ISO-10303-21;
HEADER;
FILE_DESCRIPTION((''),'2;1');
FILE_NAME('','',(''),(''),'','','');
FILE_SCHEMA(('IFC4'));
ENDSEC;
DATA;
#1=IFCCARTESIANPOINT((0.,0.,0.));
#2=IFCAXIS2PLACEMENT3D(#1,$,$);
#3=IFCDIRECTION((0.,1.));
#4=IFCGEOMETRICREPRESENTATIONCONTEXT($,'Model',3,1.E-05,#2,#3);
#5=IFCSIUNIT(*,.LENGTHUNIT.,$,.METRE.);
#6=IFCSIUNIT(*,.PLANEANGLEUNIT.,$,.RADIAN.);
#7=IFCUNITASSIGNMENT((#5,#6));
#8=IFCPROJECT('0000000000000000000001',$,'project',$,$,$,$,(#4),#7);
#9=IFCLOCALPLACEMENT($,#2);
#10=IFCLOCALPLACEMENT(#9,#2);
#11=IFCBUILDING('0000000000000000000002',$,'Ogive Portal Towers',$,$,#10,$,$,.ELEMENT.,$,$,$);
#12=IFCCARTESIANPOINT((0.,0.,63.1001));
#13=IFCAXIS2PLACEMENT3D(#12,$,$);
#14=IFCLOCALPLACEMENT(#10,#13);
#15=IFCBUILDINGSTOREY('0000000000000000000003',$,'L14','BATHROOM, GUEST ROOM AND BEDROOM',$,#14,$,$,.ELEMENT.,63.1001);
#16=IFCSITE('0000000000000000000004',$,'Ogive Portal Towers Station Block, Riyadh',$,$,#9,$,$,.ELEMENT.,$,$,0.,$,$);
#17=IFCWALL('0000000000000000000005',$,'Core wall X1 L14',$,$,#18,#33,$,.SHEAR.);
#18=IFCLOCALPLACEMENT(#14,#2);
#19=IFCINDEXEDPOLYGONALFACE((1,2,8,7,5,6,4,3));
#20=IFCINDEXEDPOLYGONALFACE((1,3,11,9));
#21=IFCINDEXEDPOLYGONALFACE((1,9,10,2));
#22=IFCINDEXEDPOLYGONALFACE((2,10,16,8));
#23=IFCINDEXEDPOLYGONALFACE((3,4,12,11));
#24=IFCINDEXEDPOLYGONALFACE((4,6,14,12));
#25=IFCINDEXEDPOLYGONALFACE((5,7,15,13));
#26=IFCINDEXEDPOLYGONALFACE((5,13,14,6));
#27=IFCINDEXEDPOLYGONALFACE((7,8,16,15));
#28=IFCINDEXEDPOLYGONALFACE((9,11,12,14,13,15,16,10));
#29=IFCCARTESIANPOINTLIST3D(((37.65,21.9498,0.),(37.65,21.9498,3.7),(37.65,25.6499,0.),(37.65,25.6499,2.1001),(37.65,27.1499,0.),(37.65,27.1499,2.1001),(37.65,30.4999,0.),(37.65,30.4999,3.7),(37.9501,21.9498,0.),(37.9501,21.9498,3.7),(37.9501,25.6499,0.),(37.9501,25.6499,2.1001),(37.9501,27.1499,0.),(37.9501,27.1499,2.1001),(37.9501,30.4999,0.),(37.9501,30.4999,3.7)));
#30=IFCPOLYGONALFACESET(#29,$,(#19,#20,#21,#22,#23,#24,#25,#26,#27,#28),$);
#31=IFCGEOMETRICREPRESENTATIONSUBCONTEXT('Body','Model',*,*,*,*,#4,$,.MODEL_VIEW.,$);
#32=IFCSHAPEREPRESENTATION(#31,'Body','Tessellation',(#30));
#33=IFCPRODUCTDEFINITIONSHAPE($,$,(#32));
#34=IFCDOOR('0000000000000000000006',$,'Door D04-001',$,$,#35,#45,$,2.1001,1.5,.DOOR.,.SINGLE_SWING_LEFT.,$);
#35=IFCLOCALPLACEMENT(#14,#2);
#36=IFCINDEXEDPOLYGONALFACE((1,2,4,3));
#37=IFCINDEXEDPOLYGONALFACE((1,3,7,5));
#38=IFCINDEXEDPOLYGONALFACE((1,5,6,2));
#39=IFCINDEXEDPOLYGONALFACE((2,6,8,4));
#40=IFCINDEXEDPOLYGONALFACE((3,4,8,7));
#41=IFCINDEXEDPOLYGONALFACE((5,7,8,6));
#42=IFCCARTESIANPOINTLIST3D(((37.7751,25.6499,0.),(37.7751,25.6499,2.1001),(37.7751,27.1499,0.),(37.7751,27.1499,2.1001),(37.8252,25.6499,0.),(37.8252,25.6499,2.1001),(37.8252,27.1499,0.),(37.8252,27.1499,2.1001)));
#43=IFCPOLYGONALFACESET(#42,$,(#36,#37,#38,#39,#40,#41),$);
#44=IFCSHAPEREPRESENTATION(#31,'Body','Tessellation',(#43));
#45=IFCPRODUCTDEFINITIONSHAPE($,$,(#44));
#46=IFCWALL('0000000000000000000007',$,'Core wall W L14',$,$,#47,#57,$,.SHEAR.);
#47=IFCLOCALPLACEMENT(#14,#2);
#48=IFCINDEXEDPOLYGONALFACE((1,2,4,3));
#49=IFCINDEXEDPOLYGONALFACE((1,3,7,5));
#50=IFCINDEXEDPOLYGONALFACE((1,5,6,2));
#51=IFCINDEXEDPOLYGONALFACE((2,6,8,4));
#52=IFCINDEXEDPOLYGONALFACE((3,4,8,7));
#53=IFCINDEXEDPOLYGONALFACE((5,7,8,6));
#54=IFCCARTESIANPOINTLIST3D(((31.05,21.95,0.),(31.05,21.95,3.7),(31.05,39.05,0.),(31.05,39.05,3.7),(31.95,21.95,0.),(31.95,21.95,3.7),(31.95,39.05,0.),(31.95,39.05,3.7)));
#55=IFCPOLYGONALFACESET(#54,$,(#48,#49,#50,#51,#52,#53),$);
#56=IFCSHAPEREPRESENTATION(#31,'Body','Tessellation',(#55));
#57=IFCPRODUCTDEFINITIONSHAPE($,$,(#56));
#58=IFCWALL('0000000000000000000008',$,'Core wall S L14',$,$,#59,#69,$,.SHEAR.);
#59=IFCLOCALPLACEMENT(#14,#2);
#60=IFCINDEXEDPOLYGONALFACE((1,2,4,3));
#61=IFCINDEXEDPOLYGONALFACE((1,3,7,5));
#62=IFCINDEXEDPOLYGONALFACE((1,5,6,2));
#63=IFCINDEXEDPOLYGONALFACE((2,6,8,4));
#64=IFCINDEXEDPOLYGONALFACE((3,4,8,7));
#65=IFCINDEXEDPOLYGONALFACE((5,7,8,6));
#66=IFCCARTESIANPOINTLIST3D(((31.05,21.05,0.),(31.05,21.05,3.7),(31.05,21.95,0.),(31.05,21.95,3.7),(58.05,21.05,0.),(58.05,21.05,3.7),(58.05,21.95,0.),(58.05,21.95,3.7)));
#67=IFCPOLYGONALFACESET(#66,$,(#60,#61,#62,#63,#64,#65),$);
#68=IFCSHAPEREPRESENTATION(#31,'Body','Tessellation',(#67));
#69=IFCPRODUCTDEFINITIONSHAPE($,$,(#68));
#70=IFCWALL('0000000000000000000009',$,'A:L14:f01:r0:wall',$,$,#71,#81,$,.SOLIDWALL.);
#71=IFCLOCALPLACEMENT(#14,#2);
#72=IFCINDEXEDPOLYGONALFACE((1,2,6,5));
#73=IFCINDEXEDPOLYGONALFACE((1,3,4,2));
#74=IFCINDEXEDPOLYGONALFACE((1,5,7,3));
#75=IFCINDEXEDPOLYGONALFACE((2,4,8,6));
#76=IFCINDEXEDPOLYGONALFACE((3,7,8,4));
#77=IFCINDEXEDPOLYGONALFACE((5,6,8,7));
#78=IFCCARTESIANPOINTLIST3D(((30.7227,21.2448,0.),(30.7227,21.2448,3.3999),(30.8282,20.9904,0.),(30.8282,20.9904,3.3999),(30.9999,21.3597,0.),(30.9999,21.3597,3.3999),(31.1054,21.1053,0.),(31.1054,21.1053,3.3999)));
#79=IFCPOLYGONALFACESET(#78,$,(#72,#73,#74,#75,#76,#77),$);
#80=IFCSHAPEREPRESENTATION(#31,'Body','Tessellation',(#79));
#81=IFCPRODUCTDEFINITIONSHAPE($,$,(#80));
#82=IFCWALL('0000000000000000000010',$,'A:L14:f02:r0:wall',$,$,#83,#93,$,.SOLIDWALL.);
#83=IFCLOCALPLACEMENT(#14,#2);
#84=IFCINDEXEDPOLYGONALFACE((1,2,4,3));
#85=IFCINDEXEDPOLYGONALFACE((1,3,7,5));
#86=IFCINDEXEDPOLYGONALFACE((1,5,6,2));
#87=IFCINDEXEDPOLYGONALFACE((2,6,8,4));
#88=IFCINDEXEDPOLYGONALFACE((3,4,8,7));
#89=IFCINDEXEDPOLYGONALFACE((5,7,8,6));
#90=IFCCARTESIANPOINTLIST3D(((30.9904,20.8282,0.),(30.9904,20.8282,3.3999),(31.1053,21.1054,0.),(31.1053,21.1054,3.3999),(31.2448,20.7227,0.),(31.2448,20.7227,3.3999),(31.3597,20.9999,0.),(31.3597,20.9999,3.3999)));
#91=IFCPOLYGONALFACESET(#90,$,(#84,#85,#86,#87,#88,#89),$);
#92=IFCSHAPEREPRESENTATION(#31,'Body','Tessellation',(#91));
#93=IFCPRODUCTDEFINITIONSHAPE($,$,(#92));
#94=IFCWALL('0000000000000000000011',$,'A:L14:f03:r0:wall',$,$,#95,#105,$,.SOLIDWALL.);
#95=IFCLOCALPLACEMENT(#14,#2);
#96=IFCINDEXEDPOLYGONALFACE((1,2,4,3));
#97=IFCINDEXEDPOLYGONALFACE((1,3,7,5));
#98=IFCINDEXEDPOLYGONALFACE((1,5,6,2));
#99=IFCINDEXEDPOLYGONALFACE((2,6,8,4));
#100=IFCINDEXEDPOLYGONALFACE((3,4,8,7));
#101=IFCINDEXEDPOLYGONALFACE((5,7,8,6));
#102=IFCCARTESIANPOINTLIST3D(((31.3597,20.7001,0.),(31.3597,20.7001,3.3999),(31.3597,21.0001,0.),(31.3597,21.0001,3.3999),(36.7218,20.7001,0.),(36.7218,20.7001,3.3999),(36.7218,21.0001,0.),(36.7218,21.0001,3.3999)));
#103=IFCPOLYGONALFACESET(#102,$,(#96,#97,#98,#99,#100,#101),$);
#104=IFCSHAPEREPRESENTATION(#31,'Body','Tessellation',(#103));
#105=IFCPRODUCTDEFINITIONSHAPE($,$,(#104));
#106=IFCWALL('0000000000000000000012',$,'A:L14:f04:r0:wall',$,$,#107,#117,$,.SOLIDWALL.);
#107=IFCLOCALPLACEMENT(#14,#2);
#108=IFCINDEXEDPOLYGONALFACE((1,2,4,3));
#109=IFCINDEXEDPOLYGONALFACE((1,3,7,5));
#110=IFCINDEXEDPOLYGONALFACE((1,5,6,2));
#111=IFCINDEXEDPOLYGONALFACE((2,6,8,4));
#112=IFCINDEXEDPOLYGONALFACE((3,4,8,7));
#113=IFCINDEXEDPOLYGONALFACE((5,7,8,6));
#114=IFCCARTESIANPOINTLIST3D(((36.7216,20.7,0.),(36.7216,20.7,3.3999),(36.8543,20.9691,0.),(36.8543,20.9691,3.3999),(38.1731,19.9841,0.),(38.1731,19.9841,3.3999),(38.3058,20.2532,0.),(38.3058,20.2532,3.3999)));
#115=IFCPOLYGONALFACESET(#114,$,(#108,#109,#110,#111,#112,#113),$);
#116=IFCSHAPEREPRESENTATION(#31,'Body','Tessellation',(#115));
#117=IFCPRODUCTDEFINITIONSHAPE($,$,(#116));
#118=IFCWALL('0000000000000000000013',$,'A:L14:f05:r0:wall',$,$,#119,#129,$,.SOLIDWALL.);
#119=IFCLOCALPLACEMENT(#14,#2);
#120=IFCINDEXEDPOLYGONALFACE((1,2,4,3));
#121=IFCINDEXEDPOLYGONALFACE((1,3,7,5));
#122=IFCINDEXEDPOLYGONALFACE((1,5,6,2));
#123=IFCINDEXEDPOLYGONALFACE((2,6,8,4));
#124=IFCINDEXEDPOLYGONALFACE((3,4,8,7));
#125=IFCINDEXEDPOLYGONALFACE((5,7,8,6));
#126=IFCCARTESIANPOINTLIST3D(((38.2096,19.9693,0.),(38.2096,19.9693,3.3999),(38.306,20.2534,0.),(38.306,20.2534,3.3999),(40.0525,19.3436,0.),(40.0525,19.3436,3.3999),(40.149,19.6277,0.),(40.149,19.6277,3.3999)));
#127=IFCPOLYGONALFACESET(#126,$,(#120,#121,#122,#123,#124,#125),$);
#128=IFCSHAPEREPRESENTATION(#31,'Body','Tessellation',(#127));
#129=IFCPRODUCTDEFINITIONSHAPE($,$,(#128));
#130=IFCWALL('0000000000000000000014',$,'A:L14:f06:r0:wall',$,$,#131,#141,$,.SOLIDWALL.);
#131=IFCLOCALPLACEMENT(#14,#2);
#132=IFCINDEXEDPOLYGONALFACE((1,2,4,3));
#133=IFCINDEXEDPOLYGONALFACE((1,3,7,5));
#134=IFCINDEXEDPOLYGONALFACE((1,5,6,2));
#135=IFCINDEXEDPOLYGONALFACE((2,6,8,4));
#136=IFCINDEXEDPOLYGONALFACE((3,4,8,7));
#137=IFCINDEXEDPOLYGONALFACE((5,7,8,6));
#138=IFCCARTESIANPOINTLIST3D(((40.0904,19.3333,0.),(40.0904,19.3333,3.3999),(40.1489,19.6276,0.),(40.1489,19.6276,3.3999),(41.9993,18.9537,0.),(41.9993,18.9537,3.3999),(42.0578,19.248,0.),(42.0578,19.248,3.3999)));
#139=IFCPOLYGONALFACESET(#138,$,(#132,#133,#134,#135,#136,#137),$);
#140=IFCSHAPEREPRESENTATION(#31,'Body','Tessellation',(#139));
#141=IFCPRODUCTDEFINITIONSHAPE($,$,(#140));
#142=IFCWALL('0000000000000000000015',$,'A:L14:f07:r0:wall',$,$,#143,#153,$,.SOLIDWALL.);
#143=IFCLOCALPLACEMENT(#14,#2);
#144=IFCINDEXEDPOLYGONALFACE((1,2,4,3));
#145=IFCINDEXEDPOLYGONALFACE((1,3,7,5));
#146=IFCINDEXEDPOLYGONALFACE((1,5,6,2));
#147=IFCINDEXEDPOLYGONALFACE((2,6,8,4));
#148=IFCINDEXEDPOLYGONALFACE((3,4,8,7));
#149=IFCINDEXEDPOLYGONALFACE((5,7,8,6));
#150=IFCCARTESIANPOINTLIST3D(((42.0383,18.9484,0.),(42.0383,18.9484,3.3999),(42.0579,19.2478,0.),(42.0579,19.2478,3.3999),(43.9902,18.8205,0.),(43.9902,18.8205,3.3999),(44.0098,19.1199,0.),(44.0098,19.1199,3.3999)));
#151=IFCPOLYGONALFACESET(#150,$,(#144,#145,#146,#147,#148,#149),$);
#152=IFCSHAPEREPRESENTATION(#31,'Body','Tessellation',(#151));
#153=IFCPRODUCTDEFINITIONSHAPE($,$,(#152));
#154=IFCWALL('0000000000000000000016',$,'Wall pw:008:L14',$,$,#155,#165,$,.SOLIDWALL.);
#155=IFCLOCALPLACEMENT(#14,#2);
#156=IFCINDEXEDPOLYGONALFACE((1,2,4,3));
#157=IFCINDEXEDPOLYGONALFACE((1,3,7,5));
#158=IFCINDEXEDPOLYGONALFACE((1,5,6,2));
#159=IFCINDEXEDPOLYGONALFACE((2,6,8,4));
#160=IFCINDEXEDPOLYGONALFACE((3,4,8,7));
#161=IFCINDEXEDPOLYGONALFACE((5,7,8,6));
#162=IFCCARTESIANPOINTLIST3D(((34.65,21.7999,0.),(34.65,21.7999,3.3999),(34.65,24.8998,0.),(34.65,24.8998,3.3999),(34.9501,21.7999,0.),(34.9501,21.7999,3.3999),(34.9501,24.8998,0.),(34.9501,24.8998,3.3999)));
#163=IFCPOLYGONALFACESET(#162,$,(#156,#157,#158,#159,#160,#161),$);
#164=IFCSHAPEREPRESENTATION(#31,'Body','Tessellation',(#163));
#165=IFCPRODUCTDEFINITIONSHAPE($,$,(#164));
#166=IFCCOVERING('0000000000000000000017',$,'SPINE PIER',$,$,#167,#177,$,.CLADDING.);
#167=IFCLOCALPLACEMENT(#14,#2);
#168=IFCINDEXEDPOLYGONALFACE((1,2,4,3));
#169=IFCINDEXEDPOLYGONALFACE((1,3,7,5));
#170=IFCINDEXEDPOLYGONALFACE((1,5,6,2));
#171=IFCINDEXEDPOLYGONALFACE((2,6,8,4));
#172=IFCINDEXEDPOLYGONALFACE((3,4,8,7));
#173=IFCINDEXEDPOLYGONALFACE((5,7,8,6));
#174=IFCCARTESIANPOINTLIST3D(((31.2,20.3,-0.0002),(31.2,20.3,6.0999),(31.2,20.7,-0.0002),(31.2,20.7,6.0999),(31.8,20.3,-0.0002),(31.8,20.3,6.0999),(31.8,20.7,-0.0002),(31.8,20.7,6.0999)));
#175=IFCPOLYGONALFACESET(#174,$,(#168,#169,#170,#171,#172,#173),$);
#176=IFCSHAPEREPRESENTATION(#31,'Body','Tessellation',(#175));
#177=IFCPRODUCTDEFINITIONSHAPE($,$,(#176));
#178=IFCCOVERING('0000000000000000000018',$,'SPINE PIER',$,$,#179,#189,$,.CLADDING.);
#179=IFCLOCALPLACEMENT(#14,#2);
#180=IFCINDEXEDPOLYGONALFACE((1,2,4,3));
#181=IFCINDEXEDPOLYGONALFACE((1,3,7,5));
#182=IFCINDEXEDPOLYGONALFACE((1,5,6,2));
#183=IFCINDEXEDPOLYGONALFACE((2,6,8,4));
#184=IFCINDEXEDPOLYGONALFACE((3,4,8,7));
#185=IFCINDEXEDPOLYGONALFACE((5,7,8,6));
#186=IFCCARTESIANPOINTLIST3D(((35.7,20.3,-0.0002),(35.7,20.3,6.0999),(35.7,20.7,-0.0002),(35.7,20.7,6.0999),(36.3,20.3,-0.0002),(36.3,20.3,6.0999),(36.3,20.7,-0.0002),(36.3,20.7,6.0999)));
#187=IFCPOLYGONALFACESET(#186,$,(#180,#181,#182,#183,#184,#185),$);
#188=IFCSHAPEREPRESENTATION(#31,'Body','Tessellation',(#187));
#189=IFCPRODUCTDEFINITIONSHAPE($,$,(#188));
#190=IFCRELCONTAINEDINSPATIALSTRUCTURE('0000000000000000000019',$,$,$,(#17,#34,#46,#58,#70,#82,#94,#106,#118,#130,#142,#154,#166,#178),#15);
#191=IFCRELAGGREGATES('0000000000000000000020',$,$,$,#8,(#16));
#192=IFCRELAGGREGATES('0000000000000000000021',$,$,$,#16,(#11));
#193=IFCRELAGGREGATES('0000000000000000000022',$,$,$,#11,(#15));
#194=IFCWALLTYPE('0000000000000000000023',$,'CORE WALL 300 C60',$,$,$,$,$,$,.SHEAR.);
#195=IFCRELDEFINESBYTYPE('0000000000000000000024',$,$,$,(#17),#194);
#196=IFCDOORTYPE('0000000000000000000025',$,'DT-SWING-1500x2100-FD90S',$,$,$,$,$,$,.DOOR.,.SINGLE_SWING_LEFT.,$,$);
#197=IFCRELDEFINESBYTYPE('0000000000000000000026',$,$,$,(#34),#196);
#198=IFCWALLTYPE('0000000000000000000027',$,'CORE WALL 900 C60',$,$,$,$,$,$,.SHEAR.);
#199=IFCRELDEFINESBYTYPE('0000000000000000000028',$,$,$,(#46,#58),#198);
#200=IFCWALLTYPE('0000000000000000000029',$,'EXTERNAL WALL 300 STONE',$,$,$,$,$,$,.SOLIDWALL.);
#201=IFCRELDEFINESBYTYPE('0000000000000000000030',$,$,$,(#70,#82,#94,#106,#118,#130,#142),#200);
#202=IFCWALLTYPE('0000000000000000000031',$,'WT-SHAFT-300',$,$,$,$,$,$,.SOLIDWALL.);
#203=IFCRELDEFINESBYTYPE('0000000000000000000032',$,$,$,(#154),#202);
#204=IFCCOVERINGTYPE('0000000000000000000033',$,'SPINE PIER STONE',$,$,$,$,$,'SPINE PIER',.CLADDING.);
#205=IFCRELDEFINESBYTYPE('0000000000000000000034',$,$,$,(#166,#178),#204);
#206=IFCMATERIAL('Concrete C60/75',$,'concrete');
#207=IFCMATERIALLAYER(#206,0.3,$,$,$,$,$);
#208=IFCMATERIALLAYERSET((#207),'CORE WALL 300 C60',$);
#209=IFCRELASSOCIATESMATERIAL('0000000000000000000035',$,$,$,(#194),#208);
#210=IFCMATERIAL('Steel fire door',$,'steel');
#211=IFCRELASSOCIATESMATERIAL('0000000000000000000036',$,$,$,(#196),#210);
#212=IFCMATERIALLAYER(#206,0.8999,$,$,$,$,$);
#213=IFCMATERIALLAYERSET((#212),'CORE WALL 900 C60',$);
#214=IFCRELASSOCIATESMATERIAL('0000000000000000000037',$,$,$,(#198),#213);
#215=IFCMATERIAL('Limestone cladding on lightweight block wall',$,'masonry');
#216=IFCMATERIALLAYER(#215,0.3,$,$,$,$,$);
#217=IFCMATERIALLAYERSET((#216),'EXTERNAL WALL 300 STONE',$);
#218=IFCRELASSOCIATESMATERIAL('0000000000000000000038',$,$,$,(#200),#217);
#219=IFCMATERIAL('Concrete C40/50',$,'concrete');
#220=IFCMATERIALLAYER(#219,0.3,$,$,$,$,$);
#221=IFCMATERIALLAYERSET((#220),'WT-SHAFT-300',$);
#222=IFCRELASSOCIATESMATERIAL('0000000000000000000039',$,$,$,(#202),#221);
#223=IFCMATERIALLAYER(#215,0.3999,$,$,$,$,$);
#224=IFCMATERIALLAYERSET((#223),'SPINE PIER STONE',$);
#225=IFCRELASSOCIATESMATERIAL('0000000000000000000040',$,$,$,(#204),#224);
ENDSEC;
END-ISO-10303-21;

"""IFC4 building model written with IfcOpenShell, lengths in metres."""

from ifc_helpers import new_model, si_unit, direction, frame, frame_2d, origin, origin_2d, place, context, subcontext, project, spatial, rectangle, extrude, material, layer, layer_set, type_object, element, fill, save


model = new_model("IFC4")

# Units and contexts
model_context = context("Model", 3, precision=1e-05, world=origin(), true_north=direction((0.0, 1.0)))
body_context = subcontext(model_context, "Body", "Model", "MODEL_VIEW")
ifc_project = project(units=[si_unit("LENGTHUNIT", "METRE"), si_unit("PLANEANGLEUNIT", "RADIAN")], contexts=[model_context])

# Site, building, storey
site_placement = place(None, origin())
site = spatial("IfcSite", under=ifc_project, at=site_placement, Name="Ogive Portal Towers Station Block, Riyadh", CompositionType="ELEMENT", RefElevation=0.0)
building_placement = place(site_placement, origin())
building = spatial("IfcBuilding", under=site, at=building_placement, Name="Ogive Portal Towers", CompositionType="ELEMENT")
storey_placement = place(building_placement, frame((0.0, 0.0, 63.1001)))
storey = spatial("IfcBuildingStorey", under=building, at=storey_placement, Name="L14", Description="BATHROOM, GUEST ROOM AND BEDROOM", CompositionType="ELEMENT", Elevation=63.1001)

# Wall, opening, door
ifc_material_1 = material(Name="Concrete C60/75", Category="concrete")
ifc_layer_1 = layer(ifc_material_1, 0.3)
ifc_layer_set_1 = layer_set([ifc_layer_1], Name="CORE WALL 300 C60")
wall_type_1 = type_object("IfcWallType", Name="CORE WALL 300 C60", PredefinedType="SHEAR", material=ifc_layer_set_1)
wall_1_placement = place(storey_placement, frame((37.8, 21.95, 0.0), z_axis=(0.0, 0.0, 1.0), x_axis=(0.0, 1.0, 0.0)))
wall_1 = element("IfcWall", 1, at=wall_1_placement, inside=storey, type_object=wall_type_1, Name="Core wall X1 L14", PredefinedType="SHEAR", context=body_context, shape_type="SweptSolid", body=[
    extrude(rectangle(XDim=8.55, YDim=0.3, at=frame_2d((4.2749, 0.0))), origin(), (0.0, 0.0, 1.0), 3.7),
])
opening_placement = place(wall_1_placement, frame((3.7, 0.0, 0.0)))
opening = element("IfcOpeningElement", 2, at=opening_placement, cuts=wall_1, PredefinedType="OPENING", context=body_context, shape_type="SweptSolid", body=[
    extrude(rectangle(XDim=1.5, YDim=2.1001, at=frame_2d((0.75, 1.05))), frame((0.0, 0.1602, 0.0), z_axis=(0.0, -1.0, 0.0), x_axis=(1.0, 0.0, 0.0)), (0.0, 0.0, 1.0), 0.3201),
])
ifc_material_2 = material(Name="Steel fire door", Category="steel")
door_type = type_object("IfcDoorType", Name="DT-SWING-1500x2100-FD90S", OperationType="SINGLE_SWING_LEFT", PredefinedType="DOOR", material=ifc_material_2)
door_placement = place(opening_placement, origin())
door = element("IfcDoor", 3, at=door_placement, inside=storey, type_object=door_type, Name="Door D04-001", OperationType="SINGLE_SWING_LEFT", OverallHeight=2.1001, OverallWidth=1.5, PredefinedType="DOOR", context=body_context, shape_type="SweptSolid", body=[
    extrude(rectangle(XDim=1.5, YDim=2.1001, at=frame_2d((0.75, 1.05))), frame((0.0, 0.0249, 0.0), z_axis=(0.0, -1.0, 0.0), x_axis=(1.0, 0.0, 0.0)), (0.0, 0.0, 1.0), 0.05),
])
fill(opening, door)

# Walls
ifc_layer_2 = layer(ifc_material_1, 0.8999)
ifc_layer_set_2 = layer_set([ifc_layer_2], Name="CORE WALL 900 C60")
wall_type_2 = type_object("IfcWallType", Name="CORE WALL 900 C60", PredefinedType="SHEAR", material=ifc_layer_set_2)
wall_2_placement = place(storey_placement, frame((31.5, 21.95, 0.0), z_axis=(0.0, 0.0, 1.0), x_axis=(0.0, 1.0, 0.0)))
element("IfcWall", 4, at=wall_2_placement, inside=storey, type_object=wall_type_2, Name="Core wall W L14", PredefinedType="SHEAR", context=body_context, shape_type="SweptSolid", body=[
    extrude(rectangle(XDim=17.1001, YDim=0.8999, at=frame_2d((8.55, 0.0))), origin(), (0.0, 0.0, 1.0), 3.7),
])
wall_3_placement = place(storey_placement, frame((31.05, 21.5, 0.0), z_axis=(0.0, 0.0, 1.0), x_axis=(1.0, 0.0, 0.0)))
element("IfcWall", 5, at=wall_3_placement, inside=storey, type_object=wall_type_2, Name="Core wall S L14", PredefinedType="SHEAR", context=body_context, shape_type="SweptSolid", body=[
    extrude(rectangle(XDim=27.0, YDim=0.8999, at=frame_2d((13.5, 0.0))), origin(), (0.0, 0.0, 1.0), 3.7),
])
ifc_material_3 = material(Name="Limestone cladding on lightweight block wall", Category="masonry")
ifc_layer_3 = layer(ifc_material_3, 0.3)
ifc_layer_set_3 = layer_set([ifc_layer_3], Name="EXTERNAL WALL 300 STONE")
wall_type_3 = type_object("IfcWallType", Name="EXTERNAL WALL 300 STONE", PredefinedType="SOLIDWALL", material=ifc_layer_set_3)
for number, where, z_axis, x_axis, name in (
    (6, (30.8613, 21.3022, 0.0), (0.0, 0.0, 1.0), (0.382978, -0.923757, 0.0), "A:L14:f01:r0:wall"),
    (7, (31.0479, 20.9668, 0.0), (0.0, 0.0, 1.0), (0.923757, -0.382978, 0.0), "A:L14:f02:r0:wall"),
):
    element("IfcWall", number, at=place(storey_placement, frame(where, z_axis=z_axis, x_axis=x_axis)), inside=storey, type_object=wall_type_3, Name=name, PredefinedType="SOLIDWALL", context=body_context, shape_type="SweptSolid", body=[
        extrude(rectangle(XDim=0.2754, YDim=0.3, at=frame_2d((0.1377, 0.0))), origin(), (0.0, 0.0, 1.0), 3.3999),
    ])
wall_4_placement = place(storey_placement, frame((31.3596, 20.8501, 0.0), z_axis=(0.0, 0.0, 1.0), x_axis=(1.0, 0.0, 0.0)))
element("IfcWall", 8, at=wall_4_placement, inside=storey, type_object=wall_type_3, Name="A:L14:f03:r0:wall", PredefinedType="SOLIDWALL", context=body_context, shape_type="SweptSolid", body=[
    extrude(rectangle(XDim=5.3621, YDim=0.3, at=frame_2d((2.6812, 0.0))), origin(), (0.0, 0.0, 1.0), 3.3999),
])
wall_5_placement = place(storey_placement, frame((36.7881, 20.8345, 0.0), z_axis=(0.0, 0.0, 1.0), x_axis=(0.896858, -0.442319, 0.0)))
element("IfcWall", 9, at=wall_5_placement, inside=storey, type_object=wall_type_3, Name="A:L14:f04:r0:wall", PredefinedType="SOLIDWALL", context=body_context, shape_type="SweptSolid", body=[
    extrude(rectangle(XDim=1.6184, YDim=0.3, at=frame_2d((0.8091, 0.0))), origin(), (0.0, 0.0, 1.0), 3.3999),
])
for number, where, z_axis, x_axis, name in (
    (10, (38.2578, 20.1113, 0.0), (0.0, 0.0, 1.0), (0.946913, -0.321491, 0.0), "A:L14:f05:r0:wall"),
    (11, (40.1196, 19.4805, 0.0), (0.0, 0.0, 1.0), (0.980792, -0.195055, 0.0), "A:L14:f06:r0:wall"),
):
    element("IfcWall", number, at=place(storey_placement, frame(where, z_axis=z_axis, x_axis=x_axis)), inside=storey, type_object=wall_type_3, Name=name, PredefinedType="SOLIDWALL", context=body_context, shape_type="SweptSolid", body=[
        extrude(rectangle(XDim=1.9463, YDim=0.3, at=frame_2d((0.9731, 0.0))), origin(), (0.0, 0.0, 1.0), 3.3999),
    ])
wall_6_placement = place(storey_placement, frame((42.0481, 19.0981, 0.0), z_axis=(0.0, 0.0, 1.0), x_axis=(0.997859, -0.065401, 0.0)))
element("IfcWall", 12, at=wall_6_placement, inside=storey, type_object=wall_type_3, Name="A:L14:f07:r0:wall", PredefinedType="SOLIDWALL", context=body_context, shape_type="SweptSolid", body=[
    extrude(rectangle(XDim=1.9561, YDim=0.3, at=frame_2d((0.978, 0.0))), origin(), (0.0, 0.0, 1.0), 3.3999),
])
ifc_material_4 = material(Name="Concrete C40/50", Category="concrete")
ifc_layer_4 = layer(ifc_material_4, 0.3)
ifc_layer_set_4 = layer_set([ifc_layer_4], Name="WT-SHAFT-300")
wall_type_4 = type_object("IfcWallType", Name="WT-SHAFT-300", PredefinedType="SOLIDWALL", material=ifc_layer_set_4)
wall_7_placement = place(storey_placement, frame((34.8, 21.8, 0.0), z_axis=(0.0, 0.0, 1.0), x_axis=(0.0, 1.0, 0.0)))
element("IfcWall", 13, at=wall_7_placement, inside=storey, type_object=wall_type_4, Name="Wall pw:008:L14", PredefinedType="SOLIDWALL", context=body_context, shape_type="SweptSolid", body=[
    extrude(rectangle(XDim=3.0999, YDim=0.3, at=frame_2d((1.5498, 0.0))), origin(), (0.0, 0.0, 1.0), 3.3999),
])

# Coverings
ifc_layer_5 = layer(ifc_material_3, 0.3999)
ifc_layer_set_5 = layer_set([ifc_layer_5], Name="SPINE PIER STONE")
covering_type = type_object("IfcCoveringType", Name="SPINE PIER STONE", ElementType="SPINE PIER", PredefinedType="CLADDING", material=ifc_layer_set_5)
for number, where, z_axis, x_axis, name in (
    (14, (31.5, 20.5, -0.0002), (0.0, 0.0, 1.0), (1.0, 0.0, 0.0), "SPINE PIER"),
    (15, (36.0, 20.5, -0.0002), (0.0, 0.0, 1.0), (1.0, 0.0, 0.0), "SPINE PIER"),
):
    element("IfcCovering", number, at=place(storey_placement, frame(where, z_axis=z_axis, x_axis=x_axis)), inside=storey, type_object=covering_type, Name=name, PredefinedType="CLADDING", context=body_context, shape_type="SweptSolid", body=[
        extrude(rectangle(XDim=0.6001, YDim=0.3999, at=origin_2d()), origin(), (0.0, 0.0, 1.0), 6.1001),
    ])

save(model, "model.ifc")
